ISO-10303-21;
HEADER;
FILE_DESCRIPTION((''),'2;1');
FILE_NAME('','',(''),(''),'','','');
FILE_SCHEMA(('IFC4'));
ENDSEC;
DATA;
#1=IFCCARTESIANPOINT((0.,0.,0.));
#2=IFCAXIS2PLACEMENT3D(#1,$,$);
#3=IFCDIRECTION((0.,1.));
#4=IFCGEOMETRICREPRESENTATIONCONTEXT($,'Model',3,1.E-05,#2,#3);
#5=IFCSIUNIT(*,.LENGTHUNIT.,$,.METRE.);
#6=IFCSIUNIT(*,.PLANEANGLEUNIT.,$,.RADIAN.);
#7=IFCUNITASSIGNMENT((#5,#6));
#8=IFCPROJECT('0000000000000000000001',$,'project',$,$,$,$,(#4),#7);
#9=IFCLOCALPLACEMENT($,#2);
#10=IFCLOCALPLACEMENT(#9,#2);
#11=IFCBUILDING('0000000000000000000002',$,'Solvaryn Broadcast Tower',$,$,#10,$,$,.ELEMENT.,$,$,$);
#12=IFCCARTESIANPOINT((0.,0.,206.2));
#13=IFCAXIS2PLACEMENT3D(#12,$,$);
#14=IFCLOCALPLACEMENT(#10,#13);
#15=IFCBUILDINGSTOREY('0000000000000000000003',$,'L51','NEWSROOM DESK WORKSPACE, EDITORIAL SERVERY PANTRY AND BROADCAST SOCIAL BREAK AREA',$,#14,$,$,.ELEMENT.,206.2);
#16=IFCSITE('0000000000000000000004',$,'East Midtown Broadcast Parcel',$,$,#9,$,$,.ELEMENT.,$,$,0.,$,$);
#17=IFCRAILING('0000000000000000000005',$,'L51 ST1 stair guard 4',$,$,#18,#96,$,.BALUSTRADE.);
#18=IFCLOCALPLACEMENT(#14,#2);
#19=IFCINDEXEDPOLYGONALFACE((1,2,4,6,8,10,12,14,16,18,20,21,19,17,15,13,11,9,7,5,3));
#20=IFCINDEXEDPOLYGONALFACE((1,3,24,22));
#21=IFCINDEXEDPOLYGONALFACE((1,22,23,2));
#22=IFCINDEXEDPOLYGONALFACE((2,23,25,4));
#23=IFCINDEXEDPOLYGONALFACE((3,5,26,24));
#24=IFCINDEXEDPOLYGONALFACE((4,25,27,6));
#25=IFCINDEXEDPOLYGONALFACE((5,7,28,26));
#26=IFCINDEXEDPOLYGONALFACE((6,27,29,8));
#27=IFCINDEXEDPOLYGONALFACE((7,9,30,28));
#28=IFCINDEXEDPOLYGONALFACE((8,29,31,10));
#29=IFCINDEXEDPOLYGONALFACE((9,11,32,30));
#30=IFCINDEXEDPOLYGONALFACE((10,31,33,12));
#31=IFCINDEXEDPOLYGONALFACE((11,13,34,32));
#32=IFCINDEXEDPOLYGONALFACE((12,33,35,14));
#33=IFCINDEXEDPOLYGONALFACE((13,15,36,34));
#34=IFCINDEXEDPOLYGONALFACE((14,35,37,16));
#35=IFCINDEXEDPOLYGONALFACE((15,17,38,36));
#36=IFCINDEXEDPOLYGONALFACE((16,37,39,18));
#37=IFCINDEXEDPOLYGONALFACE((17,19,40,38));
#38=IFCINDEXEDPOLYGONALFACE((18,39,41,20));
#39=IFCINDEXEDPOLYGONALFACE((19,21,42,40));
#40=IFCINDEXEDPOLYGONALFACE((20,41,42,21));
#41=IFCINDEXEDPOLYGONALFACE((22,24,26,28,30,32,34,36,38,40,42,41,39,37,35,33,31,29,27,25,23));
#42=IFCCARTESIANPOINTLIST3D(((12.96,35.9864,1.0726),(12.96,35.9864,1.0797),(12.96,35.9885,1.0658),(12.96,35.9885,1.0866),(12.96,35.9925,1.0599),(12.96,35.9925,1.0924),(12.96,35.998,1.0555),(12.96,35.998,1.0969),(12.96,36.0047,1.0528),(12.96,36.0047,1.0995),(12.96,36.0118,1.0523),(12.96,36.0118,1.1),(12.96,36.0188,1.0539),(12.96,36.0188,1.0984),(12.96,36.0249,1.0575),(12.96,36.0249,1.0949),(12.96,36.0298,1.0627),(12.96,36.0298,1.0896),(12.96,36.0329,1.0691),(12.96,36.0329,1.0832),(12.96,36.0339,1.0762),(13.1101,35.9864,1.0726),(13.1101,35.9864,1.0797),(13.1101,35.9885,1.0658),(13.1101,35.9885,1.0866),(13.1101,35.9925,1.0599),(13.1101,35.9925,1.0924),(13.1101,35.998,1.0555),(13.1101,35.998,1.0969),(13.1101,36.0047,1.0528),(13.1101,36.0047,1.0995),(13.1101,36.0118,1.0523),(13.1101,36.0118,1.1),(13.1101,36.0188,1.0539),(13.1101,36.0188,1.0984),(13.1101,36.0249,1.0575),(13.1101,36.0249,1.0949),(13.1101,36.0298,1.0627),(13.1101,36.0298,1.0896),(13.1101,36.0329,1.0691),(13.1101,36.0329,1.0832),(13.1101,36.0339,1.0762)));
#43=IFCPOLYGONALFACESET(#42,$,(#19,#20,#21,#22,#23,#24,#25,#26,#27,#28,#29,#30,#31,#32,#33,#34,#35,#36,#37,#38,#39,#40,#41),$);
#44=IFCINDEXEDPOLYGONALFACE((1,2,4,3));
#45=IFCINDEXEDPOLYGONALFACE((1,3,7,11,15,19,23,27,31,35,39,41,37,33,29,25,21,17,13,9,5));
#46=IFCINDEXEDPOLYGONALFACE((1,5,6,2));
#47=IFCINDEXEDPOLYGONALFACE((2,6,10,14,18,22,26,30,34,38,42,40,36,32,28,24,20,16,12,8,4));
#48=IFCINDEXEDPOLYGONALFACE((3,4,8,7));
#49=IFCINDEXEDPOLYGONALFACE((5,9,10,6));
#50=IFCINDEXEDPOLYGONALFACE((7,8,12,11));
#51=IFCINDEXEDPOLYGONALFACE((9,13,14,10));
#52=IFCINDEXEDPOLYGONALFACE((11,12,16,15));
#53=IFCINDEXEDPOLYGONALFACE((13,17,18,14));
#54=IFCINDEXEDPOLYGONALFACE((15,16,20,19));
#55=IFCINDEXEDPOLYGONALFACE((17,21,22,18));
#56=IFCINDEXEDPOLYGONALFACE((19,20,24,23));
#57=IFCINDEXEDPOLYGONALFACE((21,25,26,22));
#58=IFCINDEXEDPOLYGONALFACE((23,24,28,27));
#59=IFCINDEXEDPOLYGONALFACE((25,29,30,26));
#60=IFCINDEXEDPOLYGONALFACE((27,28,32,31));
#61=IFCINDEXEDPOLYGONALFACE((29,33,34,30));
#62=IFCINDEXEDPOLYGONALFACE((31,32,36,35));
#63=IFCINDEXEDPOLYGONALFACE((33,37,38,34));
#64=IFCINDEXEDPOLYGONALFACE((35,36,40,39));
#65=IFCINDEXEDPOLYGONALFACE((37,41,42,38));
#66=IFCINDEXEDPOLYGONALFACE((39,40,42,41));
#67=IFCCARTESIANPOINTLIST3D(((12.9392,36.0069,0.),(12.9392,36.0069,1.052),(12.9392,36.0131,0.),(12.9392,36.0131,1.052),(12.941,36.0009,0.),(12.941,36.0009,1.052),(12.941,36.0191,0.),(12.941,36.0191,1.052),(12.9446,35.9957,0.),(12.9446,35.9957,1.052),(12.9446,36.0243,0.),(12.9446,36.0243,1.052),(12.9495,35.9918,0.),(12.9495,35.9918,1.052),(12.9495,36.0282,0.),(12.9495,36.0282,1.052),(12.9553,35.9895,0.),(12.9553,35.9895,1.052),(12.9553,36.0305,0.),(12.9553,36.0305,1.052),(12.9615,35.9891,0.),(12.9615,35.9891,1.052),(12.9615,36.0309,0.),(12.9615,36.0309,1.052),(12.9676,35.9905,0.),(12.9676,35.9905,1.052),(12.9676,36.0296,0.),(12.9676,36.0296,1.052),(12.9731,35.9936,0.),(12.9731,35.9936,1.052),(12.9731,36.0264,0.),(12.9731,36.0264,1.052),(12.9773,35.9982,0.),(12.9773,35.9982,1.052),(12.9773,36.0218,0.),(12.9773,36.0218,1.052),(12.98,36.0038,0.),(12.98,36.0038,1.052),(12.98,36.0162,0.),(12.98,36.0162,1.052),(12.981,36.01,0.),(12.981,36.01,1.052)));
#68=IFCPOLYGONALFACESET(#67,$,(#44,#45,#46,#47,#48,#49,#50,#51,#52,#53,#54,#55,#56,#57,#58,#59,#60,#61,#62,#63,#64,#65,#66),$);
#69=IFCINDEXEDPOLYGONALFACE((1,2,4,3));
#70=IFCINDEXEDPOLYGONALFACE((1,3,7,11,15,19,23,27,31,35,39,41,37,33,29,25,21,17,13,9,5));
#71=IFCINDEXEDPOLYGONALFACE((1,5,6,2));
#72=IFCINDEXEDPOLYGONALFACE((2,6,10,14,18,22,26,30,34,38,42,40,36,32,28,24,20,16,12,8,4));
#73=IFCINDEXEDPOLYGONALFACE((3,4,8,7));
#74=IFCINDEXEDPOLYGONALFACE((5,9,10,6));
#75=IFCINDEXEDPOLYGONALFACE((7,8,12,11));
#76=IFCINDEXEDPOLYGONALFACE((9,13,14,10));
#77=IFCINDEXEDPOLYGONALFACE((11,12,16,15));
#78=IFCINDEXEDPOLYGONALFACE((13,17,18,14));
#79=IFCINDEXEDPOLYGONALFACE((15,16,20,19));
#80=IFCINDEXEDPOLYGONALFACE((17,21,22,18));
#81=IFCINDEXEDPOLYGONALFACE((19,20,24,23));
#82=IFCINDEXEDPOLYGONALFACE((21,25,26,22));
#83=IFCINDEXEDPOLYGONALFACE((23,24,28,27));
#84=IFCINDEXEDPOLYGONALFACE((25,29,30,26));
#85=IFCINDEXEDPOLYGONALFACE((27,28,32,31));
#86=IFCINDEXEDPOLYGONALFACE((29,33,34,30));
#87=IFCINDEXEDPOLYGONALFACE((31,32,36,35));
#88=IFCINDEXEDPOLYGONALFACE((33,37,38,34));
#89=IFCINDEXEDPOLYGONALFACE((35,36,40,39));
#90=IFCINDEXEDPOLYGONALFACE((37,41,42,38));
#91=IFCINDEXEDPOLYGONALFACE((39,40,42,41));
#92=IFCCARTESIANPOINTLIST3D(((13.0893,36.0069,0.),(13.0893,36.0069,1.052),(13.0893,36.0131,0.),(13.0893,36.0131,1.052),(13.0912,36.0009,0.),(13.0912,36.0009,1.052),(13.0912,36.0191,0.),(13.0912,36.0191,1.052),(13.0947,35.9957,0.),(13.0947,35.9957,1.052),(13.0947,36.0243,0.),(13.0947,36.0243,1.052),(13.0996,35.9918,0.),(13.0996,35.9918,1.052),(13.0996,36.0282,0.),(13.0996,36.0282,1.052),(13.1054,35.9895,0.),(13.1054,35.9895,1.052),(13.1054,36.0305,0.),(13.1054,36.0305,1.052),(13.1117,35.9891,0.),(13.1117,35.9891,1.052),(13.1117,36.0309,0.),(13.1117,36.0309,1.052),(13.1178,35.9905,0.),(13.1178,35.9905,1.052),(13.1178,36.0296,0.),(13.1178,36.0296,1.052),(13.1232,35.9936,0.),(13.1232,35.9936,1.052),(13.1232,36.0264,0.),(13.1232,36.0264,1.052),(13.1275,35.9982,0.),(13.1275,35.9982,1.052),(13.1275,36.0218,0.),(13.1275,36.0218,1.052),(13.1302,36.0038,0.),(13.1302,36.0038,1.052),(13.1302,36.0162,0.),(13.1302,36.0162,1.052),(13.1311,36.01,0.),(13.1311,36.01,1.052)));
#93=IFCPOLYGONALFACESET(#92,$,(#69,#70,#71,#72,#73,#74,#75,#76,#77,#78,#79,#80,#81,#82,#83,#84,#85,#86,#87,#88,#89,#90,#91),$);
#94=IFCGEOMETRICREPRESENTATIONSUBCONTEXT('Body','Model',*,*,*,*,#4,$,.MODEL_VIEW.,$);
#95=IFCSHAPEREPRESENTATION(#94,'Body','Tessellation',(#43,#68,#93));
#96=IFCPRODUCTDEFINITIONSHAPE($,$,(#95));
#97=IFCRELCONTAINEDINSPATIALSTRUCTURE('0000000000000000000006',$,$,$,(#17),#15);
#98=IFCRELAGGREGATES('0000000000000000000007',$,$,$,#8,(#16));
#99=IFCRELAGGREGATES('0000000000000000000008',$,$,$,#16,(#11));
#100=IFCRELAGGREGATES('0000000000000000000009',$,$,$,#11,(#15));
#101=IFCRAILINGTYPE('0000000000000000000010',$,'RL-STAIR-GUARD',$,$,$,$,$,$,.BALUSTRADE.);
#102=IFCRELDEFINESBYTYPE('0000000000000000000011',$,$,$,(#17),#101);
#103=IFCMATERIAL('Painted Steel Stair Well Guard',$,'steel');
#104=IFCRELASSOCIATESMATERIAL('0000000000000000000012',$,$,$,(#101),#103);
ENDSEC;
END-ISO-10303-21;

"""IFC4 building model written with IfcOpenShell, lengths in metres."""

from ifc_helpers import new_model, si_unit, direction, frame, origin, origin_2d, place, context, subcontext, project, spatial, circle, extrude, material, type_object, element, save


model = new_model("IFC4")

# Units and contexts
model_context = context("Model", 3, precision=1e-05, world=origin(), true_north=direction((0.0, 1.0)))
body_context = subcontext(model_context, "Body", "Model", "MODEL_VIEW")
ifc_project = project(units=[si_unit("LENGTHUNIT", "METRE"), si_unit("PLANEANGLEUNIT", "RADIAN")], contexts=[model_context])

# Site, building, storey
site_placement = place(None, origin())
site = spatial("IfcSite", under=ifc_project, at=site_placement, Name="East Midtown Broadcast Parcel", CompositionType="ELEMENT", RefElevation=0.0)
building_placement = place(site_placement, origin())
building = spatial("IfcBuilding", under=site, at=building_placement, Name="Solvaryn Broadcast Tower", CompositionType="ELEMENT")
storey_placement = place(building_placement, frame((0.0, 0.0, 206.2)))
storey = spatial("IfcBuildingStorey", under=building, at=storey_placement, Name="L51", Description="NEWSROOM DESK WORKSPACE, EDITORIAL SERVERY PANTRY AND BROADCAST SOCIAL BREAK AREA", CompositionType="ELEMENT", Elevation=206.2)

# Railing
ifc_material_1 = material(Name="Painted Steel Stair Well Guard", Category="steel")
railing_type_1 = type_object("IfcRailingType", Name="RL-STAIR-GUARD", PredefinedType="BALUSTRADE", material=ifc_material_1)
railing_1_placement = place(storey_placement, frame((12.96, 36.01, 0.0)))
element("IfcRailing", 1, at=railing_1_placement, inside=storey, type_object=railing_type_1, Name="L51 ST1 stair guard 4", PredefinedType="BALUSTRADE", context=body_context, shape_type="SweptSolid", body=[
    extrude(circle(Radius=0.0239, at=origin_2d()), frame((0.0, 0.0, 1.0762), z_axis=(1.0, 0.0, 0.0), x_axis=(0.0, 1.0, 0.0)), (0.0, 0.0, 1.0), 0.1501),
    extrude(circle(Radius=0.021, at=origin_2d()), origin(), (0.0, 0.0, 1.0), 1.052),
    extrude(circle(Radius=0.021, at=origin_2d()), frame((0.1501, 0.0, 0.0)), (0.0, 0.0, 1.0), 1.052),
])

save(model, "model.ifc")
